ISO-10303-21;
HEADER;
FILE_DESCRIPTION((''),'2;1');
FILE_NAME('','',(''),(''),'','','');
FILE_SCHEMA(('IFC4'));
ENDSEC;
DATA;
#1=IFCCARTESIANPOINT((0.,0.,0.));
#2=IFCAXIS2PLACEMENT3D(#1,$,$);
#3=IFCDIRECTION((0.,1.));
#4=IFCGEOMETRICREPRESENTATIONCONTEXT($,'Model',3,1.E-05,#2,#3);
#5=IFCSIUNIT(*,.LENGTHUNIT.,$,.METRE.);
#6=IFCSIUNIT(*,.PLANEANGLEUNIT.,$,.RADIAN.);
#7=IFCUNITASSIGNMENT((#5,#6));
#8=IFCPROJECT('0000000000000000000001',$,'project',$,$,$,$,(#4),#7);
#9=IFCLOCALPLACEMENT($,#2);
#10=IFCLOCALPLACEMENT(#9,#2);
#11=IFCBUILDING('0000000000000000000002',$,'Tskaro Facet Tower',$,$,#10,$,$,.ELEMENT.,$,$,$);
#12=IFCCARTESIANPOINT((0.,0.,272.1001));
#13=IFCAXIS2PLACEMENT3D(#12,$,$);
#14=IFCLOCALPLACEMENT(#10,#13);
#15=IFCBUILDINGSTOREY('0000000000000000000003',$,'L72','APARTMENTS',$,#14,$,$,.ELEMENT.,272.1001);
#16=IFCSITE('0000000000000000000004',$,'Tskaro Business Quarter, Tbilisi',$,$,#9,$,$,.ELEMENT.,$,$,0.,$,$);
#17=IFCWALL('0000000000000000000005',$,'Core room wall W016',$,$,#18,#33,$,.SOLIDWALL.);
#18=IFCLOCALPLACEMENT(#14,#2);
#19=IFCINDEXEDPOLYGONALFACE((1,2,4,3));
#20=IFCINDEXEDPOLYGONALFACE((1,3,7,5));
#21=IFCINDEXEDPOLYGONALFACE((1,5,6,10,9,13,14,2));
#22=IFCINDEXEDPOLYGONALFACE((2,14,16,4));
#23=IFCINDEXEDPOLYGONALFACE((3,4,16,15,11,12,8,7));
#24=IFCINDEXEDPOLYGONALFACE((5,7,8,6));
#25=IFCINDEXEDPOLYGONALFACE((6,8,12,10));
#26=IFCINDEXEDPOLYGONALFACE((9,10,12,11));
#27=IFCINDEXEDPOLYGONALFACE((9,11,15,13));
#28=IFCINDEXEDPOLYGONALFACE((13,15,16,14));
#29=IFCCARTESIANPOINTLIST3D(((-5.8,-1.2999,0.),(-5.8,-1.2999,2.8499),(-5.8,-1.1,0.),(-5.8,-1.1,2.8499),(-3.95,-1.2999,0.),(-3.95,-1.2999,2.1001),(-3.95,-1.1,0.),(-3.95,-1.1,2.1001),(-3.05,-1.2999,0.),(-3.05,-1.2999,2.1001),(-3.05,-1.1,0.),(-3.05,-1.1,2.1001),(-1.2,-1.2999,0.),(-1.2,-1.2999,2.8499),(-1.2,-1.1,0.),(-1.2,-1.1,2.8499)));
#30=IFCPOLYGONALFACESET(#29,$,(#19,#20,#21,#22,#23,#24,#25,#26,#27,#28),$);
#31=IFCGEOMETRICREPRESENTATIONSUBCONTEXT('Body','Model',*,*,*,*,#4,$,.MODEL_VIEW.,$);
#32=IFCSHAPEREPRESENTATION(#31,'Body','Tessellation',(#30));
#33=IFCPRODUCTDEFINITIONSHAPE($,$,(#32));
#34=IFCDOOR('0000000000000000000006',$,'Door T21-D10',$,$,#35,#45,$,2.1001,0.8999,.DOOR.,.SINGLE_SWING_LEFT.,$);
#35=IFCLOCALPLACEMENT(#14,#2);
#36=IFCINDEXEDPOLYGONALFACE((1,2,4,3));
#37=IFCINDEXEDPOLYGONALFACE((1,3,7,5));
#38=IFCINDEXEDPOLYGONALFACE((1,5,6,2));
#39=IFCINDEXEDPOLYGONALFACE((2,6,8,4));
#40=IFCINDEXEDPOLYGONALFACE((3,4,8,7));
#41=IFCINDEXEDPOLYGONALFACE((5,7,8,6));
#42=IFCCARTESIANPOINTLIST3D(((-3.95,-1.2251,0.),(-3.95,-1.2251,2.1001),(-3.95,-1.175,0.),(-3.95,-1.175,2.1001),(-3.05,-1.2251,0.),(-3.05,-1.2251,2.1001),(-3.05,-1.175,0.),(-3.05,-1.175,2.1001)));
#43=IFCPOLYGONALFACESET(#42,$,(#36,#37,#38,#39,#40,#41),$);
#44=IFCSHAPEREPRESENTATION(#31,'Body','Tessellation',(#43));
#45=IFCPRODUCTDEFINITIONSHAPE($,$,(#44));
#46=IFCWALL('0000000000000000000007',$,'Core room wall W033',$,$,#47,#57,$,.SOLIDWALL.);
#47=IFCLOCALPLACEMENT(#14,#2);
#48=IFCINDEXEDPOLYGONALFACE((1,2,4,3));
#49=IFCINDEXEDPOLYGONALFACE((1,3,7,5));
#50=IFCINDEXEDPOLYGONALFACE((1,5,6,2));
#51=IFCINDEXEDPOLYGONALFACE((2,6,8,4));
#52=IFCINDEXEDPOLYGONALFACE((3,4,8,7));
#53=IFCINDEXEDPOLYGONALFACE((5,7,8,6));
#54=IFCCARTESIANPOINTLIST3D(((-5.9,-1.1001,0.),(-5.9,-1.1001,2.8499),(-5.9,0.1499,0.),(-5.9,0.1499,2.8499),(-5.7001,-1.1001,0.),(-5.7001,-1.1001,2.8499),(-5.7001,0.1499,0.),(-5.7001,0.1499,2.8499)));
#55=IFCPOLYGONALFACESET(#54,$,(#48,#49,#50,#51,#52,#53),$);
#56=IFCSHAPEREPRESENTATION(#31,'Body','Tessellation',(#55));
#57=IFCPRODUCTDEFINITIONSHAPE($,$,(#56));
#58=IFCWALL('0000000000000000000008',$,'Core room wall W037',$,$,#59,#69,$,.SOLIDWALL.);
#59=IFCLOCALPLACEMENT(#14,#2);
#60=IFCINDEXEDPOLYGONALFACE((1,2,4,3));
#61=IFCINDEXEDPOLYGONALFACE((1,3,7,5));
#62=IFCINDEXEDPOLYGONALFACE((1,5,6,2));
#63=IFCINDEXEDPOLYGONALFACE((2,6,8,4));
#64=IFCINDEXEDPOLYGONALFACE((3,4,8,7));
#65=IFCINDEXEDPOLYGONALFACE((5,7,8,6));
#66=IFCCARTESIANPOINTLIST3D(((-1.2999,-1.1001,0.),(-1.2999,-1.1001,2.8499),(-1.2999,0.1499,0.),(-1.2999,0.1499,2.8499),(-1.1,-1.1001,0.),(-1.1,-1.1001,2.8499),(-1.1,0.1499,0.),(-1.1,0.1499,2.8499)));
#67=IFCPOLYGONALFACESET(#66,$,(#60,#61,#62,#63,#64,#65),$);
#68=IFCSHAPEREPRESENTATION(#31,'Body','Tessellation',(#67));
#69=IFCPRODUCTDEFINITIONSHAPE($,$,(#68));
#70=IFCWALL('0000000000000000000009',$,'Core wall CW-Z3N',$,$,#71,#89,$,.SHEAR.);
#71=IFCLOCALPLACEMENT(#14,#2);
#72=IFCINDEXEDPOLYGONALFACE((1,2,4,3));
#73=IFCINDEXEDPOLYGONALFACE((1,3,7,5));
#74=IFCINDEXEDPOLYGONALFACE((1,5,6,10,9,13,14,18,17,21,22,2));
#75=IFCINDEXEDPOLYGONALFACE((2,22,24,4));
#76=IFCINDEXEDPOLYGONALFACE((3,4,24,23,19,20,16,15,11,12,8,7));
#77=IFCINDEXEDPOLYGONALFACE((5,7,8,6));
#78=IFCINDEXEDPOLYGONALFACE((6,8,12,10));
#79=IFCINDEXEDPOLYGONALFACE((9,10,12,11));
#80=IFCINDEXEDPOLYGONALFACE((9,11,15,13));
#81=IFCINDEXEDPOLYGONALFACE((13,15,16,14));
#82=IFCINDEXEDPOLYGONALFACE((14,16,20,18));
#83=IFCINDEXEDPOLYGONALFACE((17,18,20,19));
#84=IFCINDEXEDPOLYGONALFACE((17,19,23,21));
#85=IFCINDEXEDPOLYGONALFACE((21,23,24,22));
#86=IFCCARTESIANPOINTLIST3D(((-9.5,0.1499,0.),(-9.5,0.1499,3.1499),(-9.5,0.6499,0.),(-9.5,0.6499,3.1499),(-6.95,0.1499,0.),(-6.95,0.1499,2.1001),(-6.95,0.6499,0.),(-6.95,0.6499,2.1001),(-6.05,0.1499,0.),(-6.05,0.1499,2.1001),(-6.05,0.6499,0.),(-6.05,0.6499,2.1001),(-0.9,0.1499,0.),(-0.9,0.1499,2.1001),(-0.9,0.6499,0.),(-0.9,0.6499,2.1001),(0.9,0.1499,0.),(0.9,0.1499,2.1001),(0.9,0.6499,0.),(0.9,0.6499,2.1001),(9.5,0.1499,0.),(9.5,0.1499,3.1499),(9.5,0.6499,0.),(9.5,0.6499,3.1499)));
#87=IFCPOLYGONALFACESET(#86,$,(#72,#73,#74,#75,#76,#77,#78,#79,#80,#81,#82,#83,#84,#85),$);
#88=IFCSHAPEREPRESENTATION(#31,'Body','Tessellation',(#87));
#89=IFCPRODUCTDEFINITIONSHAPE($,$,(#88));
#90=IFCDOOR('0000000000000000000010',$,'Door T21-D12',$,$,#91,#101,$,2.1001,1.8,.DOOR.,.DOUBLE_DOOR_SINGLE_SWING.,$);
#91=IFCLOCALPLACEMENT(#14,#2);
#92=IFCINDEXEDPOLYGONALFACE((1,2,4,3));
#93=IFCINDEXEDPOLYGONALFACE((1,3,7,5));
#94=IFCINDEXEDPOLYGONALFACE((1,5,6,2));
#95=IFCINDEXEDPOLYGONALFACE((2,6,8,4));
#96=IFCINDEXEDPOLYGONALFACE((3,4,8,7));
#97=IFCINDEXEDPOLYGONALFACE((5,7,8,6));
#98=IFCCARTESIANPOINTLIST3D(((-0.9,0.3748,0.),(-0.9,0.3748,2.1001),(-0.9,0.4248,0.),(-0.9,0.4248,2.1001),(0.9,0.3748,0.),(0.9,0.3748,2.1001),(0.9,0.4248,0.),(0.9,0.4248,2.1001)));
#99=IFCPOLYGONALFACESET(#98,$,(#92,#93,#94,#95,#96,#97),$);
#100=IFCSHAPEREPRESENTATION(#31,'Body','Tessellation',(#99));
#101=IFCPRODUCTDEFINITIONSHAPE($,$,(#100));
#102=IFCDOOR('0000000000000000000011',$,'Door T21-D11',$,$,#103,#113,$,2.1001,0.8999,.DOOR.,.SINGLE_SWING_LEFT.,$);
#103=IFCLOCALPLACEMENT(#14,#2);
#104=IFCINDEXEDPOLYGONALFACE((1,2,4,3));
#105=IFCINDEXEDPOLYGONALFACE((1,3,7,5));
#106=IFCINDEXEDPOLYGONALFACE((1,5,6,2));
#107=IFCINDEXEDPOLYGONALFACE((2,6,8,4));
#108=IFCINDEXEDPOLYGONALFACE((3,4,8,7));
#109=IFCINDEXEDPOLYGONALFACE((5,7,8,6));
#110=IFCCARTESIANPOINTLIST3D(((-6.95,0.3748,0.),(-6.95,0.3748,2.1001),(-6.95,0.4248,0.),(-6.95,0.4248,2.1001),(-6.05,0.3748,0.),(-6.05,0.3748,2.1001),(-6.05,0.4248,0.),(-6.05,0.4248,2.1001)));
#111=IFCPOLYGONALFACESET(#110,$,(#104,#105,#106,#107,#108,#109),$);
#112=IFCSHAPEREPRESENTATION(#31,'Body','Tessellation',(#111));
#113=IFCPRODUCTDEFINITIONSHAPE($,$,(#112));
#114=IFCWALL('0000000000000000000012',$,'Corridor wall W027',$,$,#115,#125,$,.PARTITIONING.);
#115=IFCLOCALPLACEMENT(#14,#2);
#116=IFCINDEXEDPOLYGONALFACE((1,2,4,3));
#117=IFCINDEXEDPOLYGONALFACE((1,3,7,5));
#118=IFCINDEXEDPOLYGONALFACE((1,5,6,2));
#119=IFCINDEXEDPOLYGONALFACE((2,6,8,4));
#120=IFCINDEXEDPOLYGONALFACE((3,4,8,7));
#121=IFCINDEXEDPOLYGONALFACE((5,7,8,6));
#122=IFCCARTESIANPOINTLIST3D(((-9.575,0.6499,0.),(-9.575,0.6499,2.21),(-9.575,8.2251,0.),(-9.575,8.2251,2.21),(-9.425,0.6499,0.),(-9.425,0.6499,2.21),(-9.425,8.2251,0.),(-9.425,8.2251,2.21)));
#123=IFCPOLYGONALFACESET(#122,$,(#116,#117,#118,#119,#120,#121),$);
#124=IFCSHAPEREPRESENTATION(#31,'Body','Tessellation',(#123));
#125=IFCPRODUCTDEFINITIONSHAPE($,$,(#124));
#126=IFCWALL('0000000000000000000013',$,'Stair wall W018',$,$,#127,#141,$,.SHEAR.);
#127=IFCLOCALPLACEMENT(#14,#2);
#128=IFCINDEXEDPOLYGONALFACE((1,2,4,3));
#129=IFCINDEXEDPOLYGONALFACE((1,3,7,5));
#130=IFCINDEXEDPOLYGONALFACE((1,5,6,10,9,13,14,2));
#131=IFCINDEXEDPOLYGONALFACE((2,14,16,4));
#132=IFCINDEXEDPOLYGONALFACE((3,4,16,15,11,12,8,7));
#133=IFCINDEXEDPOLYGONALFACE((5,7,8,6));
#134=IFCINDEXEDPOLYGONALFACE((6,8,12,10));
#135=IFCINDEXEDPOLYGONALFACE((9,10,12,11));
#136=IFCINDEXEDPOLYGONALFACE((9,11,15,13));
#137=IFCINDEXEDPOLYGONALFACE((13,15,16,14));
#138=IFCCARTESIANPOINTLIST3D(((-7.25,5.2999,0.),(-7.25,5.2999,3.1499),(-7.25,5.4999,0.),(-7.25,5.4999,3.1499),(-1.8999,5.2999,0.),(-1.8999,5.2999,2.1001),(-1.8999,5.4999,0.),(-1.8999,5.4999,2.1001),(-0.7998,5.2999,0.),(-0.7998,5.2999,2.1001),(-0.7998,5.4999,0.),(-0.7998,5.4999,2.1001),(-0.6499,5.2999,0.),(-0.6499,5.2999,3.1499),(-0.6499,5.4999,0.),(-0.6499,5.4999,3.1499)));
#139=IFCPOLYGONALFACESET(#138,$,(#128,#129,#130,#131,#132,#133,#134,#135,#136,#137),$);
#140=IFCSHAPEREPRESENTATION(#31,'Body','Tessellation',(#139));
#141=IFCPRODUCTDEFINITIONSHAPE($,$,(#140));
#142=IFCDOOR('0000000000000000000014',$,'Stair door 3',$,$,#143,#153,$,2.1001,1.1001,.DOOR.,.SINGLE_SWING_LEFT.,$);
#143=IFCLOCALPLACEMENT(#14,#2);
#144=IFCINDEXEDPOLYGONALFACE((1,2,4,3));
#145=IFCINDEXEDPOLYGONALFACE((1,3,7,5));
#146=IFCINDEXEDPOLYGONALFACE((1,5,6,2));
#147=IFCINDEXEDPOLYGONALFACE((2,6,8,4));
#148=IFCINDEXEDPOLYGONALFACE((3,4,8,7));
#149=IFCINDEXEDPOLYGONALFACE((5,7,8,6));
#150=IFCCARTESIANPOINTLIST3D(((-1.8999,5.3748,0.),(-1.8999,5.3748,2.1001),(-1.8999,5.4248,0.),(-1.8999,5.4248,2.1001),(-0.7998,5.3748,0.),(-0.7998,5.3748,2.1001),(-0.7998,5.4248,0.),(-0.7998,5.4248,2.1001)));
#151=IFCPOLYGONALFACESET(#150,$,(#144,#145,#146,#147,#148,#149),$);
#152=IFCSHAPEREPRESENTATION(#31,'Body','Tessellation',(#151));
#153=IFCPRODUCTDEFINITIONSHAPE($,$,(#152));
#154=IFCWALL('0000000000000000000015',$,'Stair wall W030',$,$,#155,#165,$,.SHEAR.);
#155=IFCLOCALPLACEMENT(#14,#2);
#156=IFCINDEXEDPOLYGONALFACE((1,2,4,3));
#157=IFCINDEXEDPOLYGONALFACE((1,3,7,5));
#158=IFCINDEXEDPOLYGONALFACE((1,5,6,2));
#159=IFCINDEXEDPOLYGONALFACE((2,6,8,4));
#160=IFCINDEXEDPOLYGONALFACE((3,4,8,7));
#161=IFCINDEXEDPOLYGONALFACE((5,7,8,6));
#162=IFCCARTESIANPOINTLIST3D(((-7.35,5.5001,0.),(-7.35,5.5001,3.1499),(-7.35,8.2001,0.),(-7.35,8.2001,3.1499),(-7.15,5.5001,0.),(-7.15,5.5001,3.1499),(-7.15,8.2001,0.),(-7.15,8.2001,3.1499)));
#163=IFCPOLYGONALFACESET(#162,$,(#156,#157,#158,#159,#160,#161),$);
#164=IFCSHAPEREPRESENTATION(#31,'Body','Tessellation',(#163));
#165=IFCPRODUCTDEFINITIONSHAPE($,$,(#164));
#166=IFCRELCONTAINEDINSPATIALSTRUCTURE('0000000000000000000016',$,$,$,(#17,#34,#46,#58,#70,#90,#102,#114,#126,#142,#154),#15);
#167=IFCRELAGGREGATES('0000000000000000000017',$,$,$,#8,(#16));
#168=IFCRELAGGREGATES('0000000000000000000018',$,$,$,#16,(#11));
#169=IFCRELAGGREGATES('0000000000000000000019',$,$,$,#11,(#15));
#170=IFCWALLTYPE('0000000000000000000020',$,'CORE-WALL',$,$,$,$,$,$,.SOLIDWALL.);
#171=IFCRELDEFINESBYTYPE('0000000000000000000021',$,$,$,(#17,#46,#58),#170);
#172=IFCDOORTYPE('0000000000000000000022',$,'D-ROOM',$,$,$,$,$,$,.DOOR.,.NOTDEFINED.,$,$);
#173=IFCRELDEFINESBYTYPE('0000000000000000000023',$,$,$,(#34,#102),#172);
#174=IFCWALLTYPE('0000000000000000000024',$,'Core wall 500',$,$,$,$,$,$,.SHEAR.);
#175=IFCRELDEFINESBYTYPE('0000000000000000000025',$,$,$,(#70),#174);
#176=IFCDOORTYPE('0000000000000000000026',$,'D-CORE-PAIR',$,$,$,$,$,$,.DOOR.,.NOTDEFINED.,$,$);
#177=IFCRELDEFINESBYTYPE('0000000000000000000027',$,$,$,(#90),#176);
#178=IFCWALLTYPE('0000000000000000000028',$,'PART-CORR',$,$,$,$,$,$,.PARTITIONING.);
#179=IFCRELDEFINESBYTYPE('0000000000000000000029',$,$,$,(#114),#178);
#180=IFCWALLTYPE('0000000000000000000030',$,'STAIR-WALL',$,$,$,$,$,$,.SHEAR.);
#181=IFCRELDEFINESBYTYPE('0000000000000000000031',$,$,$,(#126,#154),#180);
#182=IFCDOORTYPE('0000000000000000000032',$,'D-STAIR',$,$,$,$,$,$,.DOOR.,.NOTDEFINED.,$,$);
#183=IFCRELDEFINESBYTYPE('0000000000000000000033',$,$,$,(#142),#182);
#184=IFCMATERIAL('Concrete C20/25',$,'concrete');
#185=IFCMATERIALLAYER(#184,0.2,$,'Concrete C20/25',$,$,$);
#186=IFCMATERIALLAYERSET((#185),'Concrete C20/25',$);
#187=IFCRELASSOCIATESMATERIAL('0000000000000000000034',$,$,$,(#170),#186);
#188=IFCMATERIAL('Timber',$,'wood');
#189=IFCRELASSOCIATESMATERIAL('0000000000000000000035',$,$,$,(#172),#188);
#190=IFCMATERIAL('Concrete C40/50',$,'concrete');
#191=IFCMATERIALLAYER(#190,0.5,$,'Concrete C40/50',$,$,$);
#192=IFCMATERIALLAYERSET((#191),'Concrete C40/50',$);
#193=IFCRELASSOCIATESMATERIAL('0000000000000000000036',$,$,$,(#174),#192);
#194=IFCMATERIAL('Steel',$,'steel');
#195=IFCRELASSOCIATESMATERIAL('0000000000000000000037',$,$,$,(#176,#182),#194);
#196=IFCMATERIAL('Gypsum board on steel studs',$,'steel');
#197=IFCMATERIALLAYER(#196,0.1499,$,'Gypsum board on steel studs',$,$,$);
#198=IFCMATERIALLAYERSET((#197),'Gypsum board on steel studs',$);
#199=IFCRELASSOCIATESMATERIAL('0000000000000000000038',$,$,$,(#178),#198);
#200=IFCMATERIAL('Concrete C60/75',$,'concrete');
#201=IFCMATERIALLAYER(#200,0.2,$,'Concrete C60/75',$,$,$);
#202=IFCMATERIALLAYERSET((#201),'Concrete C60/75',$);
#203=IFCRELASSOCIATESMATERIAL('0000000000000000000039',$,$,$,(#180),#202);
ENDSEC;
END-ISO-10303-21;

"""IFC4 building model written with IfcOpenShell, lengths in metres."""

from ifc_helpers import new_model, si_unit, direction, frame, frame_2d, origin, place, context, subcontext, project, spatial, rectangle, extrude, material, layer, layer_set, type_object, element, fill, save


model = new_model("IFC4")

# Units and contexts
model_context = context("Model", 3, precision=1e-05, world=origin(), true_north=direction((0.0, 1.0)))
body_context = subcontext(model_context, "Body", "Model", "MODEL_VIEW")
ifc_project = project(units=[si_unit("LENGTHUNIT", "METRE"), si_unit("PLANEANGLEUNIT", "RADIAN")], contexts=[model_context])

# Site, building, storey
site_placement = place(None, origin())
site = spatial("IfcSite", under=ifc_project, at=site_placement, Name="Tskaro Business Quarter, Tbilisi", CompositionType="ELEMENT", RefElevation=0.0)
building_placement = place(site_placement, origin())
building = spatial("IfcBuilding", under=site, at=building_placement, Name="Tskaro Facet Tower", CompositionType="ELEMENT")
storey_placement = place(building_placement, frame((0.0, 0.0, 272.1001)))
storey = spatial("IfcBuildingStorey", under=building, at=storey_placement, Name="L72", Description="APARTMENTS", CompositionType="ELEMENT", Elevation=272.1001)

# Shared definitions
ifc_material_1 = material(Name="Concrete C40/50", Category="concrete")

# Shared definitions
ifc_material_2 = material(Name="Concrete C60/75", Category="concrete")

# Wall, opening, door
ifc_material_3 = material(Name="Concrete C20/25", Category="concrete")
ifc_layer_1 = layer(ifc_material_3, 0.2, Name="Concrete C20/25")
ifc_layer_set_1 = layer_set([ifc_layer_1], Name="Concrete C20/25")
wall_type_1 = type_object("IfcWallType", Name="CORE-WALL", PredefinedType="SOLIDWALL", material=ifc_layer_set_1)
wall_1_placement = place(storey_placement, frame((-5.8, -1.2, 0.0), z_axis=(0.0, 0.0, 1.0), x_axis=(1.0, 0.0, 0.0)))
wall_1 = element("IfcWall", 1, at=wall_1_placement, inside=storey, type_object=wall_type_1, Name="Core room wall W016", PredefinedType="SOLIDWALL", context=body_context, shape_type="SweptSolid", body=[
    extrude(rectangle(XDim=4.6001, YDim=0.2, at=frame_2d((2.3, 0.0))), origin(), (0.0, 0.0, 1.0), 2.8499),
])
opening_1_placement = place(wall_1_placement, frame((1.8501, 0.0, 0.0)))
opening_1 = element("IfcOpeningElement", 2, at=opening_1_placement, cuts=wall_1, PredefinedType="OPENING", context=body_context, shape_type="SweptSolid", body=[
    extrude(rectangle(XDim=0.8999, YDim=2.1001, at=frame_2d((0.45, 1.05))), frame((0.0, 0.1099, 0.0), z_axis=(0.0, -1.0, 0.0), x_axis=(1.0, 0.0, 0.0)), (0.0, 0.0, 1.0), 0.22),
])
ifc_material_4 = material(Name="Timber", Category="wood")
door_type_1 = type_object("IfcDoorType", Name="D-ROOM", OperationType="NOTDEFINED", PredefinedType="DOOR", material=ifc_material_4)
door_1_placement = place(opening_1_placement, origin())
door_1 = element("IfcDoor", 3, at=door_1_placement, inside=storey, type_object=door_type_1, Name="Door T21-D10", OperationType="SINGLE_SWING_LEFT", OverallHeight=2.1001, OverallWidth=0.8999, PredefinedType="DOOR", context=body_context, shape_type="SweptSolid", body=[
    extrude(rectangle(XDim=0.8999, YDim=2.1001, at=frame_2d((0.45, 1.05))), frame((0.0, 0.0249, 0.0), z_axis=(0.0, -1.0, 0.0), x_axis=(1.0, 0.0, 0.0)), (0.0, 0.0, 1.0), 0.05),
])
fill(opening_1, door_1)

# Walls
for number, where, z_axis, x_axis, name in (
    (4, (-5.8, -1.1001, 0.0), (0.0, 0.0, 1.0), (0.0, 1.0, 0.0), "Core room wall W033"),
    (5, (-1.2, -1.1001, 0.0), (0.0, 0.0, 1.0), (0.0, 1.0, 0.0), "Core room wall W037"),
):
    element("IfcWall", number, at=place(storey_placement, frame(where, z_axis=z_axis, x_axis=x_axis)), inside=storey, type_object=wall_type_1, Name=name, PredefinedType="SOLIDWALL", context=body_context, shape_type="SweptSolid", body=[
        extrude(rectangle(XDim=1.25, YDim=0.2, at=frame_2d((0.625, 0.0))), origin(), (0.0, 0.0, 1.0), 2.8499),
    ])

# Wall, openings, doors
ifc_layer_2 = layer(ifc_material_1, 0.5, Name="Concrete C40/50")
ifc_layer_set_2 = layer_set([ifc_layer_2], Name="Concrete C40/50")
wall_type_2 = type_object("IfcWallType", Name="Core wall 500", PredefinedType="SHEAR", material=ifc_layer_set_2)
wall_2_placement = place(storey_placement, frame((-9.5, 0.3999, 0.0), z_axis=(0.0, 0.0, 1.0), x_axis=(1.0, 0.0, 0.0)))
wall_2 = element("IfcWall", 6, at=wall_2_placement, inside=storey, type_object=wall_type_2, Name="Core wall CW-Z3N", PredefinedType="SHEAR", context=body_context, shape_type="SweptSolid", body=[
    extrude(rectangle(XDim=19.0, YDim=0.5, at=frame_2d((9.5, 0.0))), origin(), (0.0, 0.0, 1.0), 3.1499),
])
opening_2_placement = place(wall_2_placement, frame((8.6001, 0.0, 0.0)))
opening_2 = element("IfcOpeningElement", 7, at=opening_2_placement, cuts=wall_2, PredefinedType="OPENING", context=body_context, shape_type="SweptSolid", body=[
    extrude(rectangle(XDim=1.8, YDim=2.1001, at=frame_2d((0.8999, 1.05))), frame((0.0, 0.26, 0.0), z_axis=(0.0, -1.0, 0.0), x_axis=(1.0, 0.0, 0.0)), (0.0, 0.0, 1.0), 0.52),
])
opening_3_placement = place(wall_2_placement, frame((2.55, 0.0, 0.0)))
opening_3 = element("IfcOpeningElement", 8, at=opening_3_placement, cuts=wall_2, PredefinedType="OPENING", context=body_context, shape_type="SweptSolid", body=[
    extrude(rectangle(XDim=0.8999, YDim=2.1001, at=frame_2d((0.45, 1.05))), frame((0.0, 0.26, 0.0), z_axis=(0.0, -1.0, 0.0), x_axis=(1.0, 0.0, 0.0)), (0.0, 0.0, 1.0), 0.52),
])
ifc_material_5 = material(Name="Steel", Category="steel")
door_type_2 = type_object("IfcDoorType", Name="D-CORE-PAIR", OperationType="NOTDEFINED", PredefinedType="DOOR", material=ifc_material_5)
door_2_placement = place(opening_2_placement, origin())
door_2 = element("IfcDoor", 9, at=door_2_placement, inside=storey, type_object=door_type_2, Name="Door T21-D12", OperationType="DOUBLE_DOOR_SINGLE_SWING", OverallHeight=2.1001, OverallWidth=1.8, PredefinedType="DOOR", context=body_context, shape_type="SweptSolid", body=[
    extrude(rectangle(XDim=1.8, YDim=2.1001, at=frame_2d((0.8999, 1.05))), frame((0.0, 0.0249, 0.0), z_axis=(0.0, -1.0, 0.0), x_axis=(1.0, 0.0, 0.0)), (0.0, 0.0, 1.0), 0.05),
])
fill(opening_2, door_2)
door_3_placement = place(opening_3_placement, origin())
door_3 = element("IfcDoor", 10, at=door_3_placement, inside=storey, type_object=door_type_1, Name="Door T21-D11", OperationType="SINGLE_SWING_LEFT", OverallHeight=2.1001, OverallWidth=0.8999, PredefinedType="DOOR", context=body_context, shape_type="SweptSolid", body=[
    extrude(rectangle(XDim=0.8999, YDim=2.1001, at=frame_2d((0.45, 1.05))), frame((0.0, 0.0249, 0.0), z_axis=(0.0, -1.0, 0.0), x_axis=(1.0, 0.0, 0.0)), (0.0, 0.0, 1.0), 0.05),
])
fill(opening_3, door_3)

# Wall
ifc_material_6 = material(Name="Gypsum board on steel studs", Category="steel")
ifc_layer_3 = layer(ifc_material_6, 0.1499, Name="Gypsum board on steel studs")
ifc_layer_set_3 = layer_set([ifc_layer_3], Name="Gypsum board on steel studs")
wall_type_3 = type_object("IfcWallType", Name="PART-CORR", PredefinedType="PARTITIONING", material=ifc_layer_set_3)
wall_3_placement = place(storey_placement, frame((-9.5, 0.6499, 0.0), z_axis=(0.0, 0.0, 1.0), x_axis=(0.0, 1.0, 0.0)))
element("IfcWall", 11, at=wall_3_placement, inside=storey, type_object=wall_type_3, Name="Corridor wall W027", PredefinedType="PARTITIONING", context=body_context, shape_type="SweptSolid", body=[
    extrude(rectangle(XDim=7.5752, YDim=0.1499, at=frame_2d((3.7876, 0.0))), origin(), (0.0, 0.0, 1.0), 2.21),
])

# Wall, opening, door
ifc_layer_4 = layer(ifc_material_2, 0.2, Name="Concrete C60/75")
ifc_layer_set_4 = layer_set([ifc_layer_4], Name="Concrete C60/75")
wall_type_4 = type_object("IfcWallType", Name="STAIR-WALL", PredefinedType="SHEAR", material=ifc_layer_set_4)
wall_4_placement = place(storey_placement, frame((-7.25, 5.3999, 0.0), z_axis=(0.0, 0.0, 1.0), x_axis=(1.0, 0.0, 0.0)))
wall_4 = element("IfcWall", 12, at=wall_4_placement, inside=storey, type_object=wall_type_4, Name="Stair wall W018", PredefinedType="SHEAR", context=body_context, shape_type="SweptSolid", body=[
    extrude(rectangle(XDim=6.6001, YDim=0.2, at=frame_2d((3.3, 0.0))), origin(), (0.0, 0.0, 1.0), 3.1499),
])
opening_4_placement = place(wall_4_placement, frame((5.3501, 0.0, 0.0)))
opening_4 = element("IfcOpeningElement", 13, at=opening_4_placement, cuts=wall_4, PredefinedType="OPENING", context=body_context, shape_type="SweptSolid", body=[
    extrude(rectangle(XDim=1.1001, YDim=2.1001, at=frame_2d((0.55, 1.05))), frame((0.0, 0.1099, 0.0), z_axis=(0.0, -1.0, 0.0), x_axis=(1.0, 0.0, 0.0)), (0.0, 0.0, 1.0), 0.22),
])
door_type_3 = type_object("IfcDoorType", Name="D-STAIR", OperationType="NOTDEFINED", PredefinedType="DOOR", material=ifc_material_5)
door_4_placement = place(opening_4_placement, origin())
door_4 = element("IfcDoor", 14, at=door_4_placement, inside=storey, type_object=door_type_3, Name="Stair door 3", OperationType="SINGLE_SWING_LEFT", OverallHeight=2.1001, OverallWidth=1.1001, PredefinedType="DOOR", context=body_context, shape_type="SweptSolid", body=[
    extrude(rectangle(XDim=1.1001, YDim=2.1001, at=frame_2d((0.55, 1.05))), frame((0.0, 0.0249, 0.0), z_axis=(0.0, -1.0, 0.0), x_axis=(1.0, 0.0, 0.0)), (0.0, 0.0, 1.0), 0.05),
])
fill(opening_4, door_4)

# Wall
for number, where, z_axis, x_axis, name in (
    (15, (-7.25, 5.5, 0.0), (0.0, 0.0, 1.0), (0.0, 1.0, 0.0), "Stair wall W030"),
):
    element("IfcWall", number, at=place(storey_placement, frame(where, z_axis=z_axis, x_axis=x_axis)), inside=storey, type_object=wall_type_4, Name=name, PredefinedType="SHEAR", context=body_context, shape_type="SweptSolid", body=[
        extrude(rectangle(XDim=2.7, YDim=0.2, at=frame_2d((1.3501, 0.0))), origin(), (0.0, 0.0, 1.0), 3.1499),
    ])

save(model, "model.ifc")
